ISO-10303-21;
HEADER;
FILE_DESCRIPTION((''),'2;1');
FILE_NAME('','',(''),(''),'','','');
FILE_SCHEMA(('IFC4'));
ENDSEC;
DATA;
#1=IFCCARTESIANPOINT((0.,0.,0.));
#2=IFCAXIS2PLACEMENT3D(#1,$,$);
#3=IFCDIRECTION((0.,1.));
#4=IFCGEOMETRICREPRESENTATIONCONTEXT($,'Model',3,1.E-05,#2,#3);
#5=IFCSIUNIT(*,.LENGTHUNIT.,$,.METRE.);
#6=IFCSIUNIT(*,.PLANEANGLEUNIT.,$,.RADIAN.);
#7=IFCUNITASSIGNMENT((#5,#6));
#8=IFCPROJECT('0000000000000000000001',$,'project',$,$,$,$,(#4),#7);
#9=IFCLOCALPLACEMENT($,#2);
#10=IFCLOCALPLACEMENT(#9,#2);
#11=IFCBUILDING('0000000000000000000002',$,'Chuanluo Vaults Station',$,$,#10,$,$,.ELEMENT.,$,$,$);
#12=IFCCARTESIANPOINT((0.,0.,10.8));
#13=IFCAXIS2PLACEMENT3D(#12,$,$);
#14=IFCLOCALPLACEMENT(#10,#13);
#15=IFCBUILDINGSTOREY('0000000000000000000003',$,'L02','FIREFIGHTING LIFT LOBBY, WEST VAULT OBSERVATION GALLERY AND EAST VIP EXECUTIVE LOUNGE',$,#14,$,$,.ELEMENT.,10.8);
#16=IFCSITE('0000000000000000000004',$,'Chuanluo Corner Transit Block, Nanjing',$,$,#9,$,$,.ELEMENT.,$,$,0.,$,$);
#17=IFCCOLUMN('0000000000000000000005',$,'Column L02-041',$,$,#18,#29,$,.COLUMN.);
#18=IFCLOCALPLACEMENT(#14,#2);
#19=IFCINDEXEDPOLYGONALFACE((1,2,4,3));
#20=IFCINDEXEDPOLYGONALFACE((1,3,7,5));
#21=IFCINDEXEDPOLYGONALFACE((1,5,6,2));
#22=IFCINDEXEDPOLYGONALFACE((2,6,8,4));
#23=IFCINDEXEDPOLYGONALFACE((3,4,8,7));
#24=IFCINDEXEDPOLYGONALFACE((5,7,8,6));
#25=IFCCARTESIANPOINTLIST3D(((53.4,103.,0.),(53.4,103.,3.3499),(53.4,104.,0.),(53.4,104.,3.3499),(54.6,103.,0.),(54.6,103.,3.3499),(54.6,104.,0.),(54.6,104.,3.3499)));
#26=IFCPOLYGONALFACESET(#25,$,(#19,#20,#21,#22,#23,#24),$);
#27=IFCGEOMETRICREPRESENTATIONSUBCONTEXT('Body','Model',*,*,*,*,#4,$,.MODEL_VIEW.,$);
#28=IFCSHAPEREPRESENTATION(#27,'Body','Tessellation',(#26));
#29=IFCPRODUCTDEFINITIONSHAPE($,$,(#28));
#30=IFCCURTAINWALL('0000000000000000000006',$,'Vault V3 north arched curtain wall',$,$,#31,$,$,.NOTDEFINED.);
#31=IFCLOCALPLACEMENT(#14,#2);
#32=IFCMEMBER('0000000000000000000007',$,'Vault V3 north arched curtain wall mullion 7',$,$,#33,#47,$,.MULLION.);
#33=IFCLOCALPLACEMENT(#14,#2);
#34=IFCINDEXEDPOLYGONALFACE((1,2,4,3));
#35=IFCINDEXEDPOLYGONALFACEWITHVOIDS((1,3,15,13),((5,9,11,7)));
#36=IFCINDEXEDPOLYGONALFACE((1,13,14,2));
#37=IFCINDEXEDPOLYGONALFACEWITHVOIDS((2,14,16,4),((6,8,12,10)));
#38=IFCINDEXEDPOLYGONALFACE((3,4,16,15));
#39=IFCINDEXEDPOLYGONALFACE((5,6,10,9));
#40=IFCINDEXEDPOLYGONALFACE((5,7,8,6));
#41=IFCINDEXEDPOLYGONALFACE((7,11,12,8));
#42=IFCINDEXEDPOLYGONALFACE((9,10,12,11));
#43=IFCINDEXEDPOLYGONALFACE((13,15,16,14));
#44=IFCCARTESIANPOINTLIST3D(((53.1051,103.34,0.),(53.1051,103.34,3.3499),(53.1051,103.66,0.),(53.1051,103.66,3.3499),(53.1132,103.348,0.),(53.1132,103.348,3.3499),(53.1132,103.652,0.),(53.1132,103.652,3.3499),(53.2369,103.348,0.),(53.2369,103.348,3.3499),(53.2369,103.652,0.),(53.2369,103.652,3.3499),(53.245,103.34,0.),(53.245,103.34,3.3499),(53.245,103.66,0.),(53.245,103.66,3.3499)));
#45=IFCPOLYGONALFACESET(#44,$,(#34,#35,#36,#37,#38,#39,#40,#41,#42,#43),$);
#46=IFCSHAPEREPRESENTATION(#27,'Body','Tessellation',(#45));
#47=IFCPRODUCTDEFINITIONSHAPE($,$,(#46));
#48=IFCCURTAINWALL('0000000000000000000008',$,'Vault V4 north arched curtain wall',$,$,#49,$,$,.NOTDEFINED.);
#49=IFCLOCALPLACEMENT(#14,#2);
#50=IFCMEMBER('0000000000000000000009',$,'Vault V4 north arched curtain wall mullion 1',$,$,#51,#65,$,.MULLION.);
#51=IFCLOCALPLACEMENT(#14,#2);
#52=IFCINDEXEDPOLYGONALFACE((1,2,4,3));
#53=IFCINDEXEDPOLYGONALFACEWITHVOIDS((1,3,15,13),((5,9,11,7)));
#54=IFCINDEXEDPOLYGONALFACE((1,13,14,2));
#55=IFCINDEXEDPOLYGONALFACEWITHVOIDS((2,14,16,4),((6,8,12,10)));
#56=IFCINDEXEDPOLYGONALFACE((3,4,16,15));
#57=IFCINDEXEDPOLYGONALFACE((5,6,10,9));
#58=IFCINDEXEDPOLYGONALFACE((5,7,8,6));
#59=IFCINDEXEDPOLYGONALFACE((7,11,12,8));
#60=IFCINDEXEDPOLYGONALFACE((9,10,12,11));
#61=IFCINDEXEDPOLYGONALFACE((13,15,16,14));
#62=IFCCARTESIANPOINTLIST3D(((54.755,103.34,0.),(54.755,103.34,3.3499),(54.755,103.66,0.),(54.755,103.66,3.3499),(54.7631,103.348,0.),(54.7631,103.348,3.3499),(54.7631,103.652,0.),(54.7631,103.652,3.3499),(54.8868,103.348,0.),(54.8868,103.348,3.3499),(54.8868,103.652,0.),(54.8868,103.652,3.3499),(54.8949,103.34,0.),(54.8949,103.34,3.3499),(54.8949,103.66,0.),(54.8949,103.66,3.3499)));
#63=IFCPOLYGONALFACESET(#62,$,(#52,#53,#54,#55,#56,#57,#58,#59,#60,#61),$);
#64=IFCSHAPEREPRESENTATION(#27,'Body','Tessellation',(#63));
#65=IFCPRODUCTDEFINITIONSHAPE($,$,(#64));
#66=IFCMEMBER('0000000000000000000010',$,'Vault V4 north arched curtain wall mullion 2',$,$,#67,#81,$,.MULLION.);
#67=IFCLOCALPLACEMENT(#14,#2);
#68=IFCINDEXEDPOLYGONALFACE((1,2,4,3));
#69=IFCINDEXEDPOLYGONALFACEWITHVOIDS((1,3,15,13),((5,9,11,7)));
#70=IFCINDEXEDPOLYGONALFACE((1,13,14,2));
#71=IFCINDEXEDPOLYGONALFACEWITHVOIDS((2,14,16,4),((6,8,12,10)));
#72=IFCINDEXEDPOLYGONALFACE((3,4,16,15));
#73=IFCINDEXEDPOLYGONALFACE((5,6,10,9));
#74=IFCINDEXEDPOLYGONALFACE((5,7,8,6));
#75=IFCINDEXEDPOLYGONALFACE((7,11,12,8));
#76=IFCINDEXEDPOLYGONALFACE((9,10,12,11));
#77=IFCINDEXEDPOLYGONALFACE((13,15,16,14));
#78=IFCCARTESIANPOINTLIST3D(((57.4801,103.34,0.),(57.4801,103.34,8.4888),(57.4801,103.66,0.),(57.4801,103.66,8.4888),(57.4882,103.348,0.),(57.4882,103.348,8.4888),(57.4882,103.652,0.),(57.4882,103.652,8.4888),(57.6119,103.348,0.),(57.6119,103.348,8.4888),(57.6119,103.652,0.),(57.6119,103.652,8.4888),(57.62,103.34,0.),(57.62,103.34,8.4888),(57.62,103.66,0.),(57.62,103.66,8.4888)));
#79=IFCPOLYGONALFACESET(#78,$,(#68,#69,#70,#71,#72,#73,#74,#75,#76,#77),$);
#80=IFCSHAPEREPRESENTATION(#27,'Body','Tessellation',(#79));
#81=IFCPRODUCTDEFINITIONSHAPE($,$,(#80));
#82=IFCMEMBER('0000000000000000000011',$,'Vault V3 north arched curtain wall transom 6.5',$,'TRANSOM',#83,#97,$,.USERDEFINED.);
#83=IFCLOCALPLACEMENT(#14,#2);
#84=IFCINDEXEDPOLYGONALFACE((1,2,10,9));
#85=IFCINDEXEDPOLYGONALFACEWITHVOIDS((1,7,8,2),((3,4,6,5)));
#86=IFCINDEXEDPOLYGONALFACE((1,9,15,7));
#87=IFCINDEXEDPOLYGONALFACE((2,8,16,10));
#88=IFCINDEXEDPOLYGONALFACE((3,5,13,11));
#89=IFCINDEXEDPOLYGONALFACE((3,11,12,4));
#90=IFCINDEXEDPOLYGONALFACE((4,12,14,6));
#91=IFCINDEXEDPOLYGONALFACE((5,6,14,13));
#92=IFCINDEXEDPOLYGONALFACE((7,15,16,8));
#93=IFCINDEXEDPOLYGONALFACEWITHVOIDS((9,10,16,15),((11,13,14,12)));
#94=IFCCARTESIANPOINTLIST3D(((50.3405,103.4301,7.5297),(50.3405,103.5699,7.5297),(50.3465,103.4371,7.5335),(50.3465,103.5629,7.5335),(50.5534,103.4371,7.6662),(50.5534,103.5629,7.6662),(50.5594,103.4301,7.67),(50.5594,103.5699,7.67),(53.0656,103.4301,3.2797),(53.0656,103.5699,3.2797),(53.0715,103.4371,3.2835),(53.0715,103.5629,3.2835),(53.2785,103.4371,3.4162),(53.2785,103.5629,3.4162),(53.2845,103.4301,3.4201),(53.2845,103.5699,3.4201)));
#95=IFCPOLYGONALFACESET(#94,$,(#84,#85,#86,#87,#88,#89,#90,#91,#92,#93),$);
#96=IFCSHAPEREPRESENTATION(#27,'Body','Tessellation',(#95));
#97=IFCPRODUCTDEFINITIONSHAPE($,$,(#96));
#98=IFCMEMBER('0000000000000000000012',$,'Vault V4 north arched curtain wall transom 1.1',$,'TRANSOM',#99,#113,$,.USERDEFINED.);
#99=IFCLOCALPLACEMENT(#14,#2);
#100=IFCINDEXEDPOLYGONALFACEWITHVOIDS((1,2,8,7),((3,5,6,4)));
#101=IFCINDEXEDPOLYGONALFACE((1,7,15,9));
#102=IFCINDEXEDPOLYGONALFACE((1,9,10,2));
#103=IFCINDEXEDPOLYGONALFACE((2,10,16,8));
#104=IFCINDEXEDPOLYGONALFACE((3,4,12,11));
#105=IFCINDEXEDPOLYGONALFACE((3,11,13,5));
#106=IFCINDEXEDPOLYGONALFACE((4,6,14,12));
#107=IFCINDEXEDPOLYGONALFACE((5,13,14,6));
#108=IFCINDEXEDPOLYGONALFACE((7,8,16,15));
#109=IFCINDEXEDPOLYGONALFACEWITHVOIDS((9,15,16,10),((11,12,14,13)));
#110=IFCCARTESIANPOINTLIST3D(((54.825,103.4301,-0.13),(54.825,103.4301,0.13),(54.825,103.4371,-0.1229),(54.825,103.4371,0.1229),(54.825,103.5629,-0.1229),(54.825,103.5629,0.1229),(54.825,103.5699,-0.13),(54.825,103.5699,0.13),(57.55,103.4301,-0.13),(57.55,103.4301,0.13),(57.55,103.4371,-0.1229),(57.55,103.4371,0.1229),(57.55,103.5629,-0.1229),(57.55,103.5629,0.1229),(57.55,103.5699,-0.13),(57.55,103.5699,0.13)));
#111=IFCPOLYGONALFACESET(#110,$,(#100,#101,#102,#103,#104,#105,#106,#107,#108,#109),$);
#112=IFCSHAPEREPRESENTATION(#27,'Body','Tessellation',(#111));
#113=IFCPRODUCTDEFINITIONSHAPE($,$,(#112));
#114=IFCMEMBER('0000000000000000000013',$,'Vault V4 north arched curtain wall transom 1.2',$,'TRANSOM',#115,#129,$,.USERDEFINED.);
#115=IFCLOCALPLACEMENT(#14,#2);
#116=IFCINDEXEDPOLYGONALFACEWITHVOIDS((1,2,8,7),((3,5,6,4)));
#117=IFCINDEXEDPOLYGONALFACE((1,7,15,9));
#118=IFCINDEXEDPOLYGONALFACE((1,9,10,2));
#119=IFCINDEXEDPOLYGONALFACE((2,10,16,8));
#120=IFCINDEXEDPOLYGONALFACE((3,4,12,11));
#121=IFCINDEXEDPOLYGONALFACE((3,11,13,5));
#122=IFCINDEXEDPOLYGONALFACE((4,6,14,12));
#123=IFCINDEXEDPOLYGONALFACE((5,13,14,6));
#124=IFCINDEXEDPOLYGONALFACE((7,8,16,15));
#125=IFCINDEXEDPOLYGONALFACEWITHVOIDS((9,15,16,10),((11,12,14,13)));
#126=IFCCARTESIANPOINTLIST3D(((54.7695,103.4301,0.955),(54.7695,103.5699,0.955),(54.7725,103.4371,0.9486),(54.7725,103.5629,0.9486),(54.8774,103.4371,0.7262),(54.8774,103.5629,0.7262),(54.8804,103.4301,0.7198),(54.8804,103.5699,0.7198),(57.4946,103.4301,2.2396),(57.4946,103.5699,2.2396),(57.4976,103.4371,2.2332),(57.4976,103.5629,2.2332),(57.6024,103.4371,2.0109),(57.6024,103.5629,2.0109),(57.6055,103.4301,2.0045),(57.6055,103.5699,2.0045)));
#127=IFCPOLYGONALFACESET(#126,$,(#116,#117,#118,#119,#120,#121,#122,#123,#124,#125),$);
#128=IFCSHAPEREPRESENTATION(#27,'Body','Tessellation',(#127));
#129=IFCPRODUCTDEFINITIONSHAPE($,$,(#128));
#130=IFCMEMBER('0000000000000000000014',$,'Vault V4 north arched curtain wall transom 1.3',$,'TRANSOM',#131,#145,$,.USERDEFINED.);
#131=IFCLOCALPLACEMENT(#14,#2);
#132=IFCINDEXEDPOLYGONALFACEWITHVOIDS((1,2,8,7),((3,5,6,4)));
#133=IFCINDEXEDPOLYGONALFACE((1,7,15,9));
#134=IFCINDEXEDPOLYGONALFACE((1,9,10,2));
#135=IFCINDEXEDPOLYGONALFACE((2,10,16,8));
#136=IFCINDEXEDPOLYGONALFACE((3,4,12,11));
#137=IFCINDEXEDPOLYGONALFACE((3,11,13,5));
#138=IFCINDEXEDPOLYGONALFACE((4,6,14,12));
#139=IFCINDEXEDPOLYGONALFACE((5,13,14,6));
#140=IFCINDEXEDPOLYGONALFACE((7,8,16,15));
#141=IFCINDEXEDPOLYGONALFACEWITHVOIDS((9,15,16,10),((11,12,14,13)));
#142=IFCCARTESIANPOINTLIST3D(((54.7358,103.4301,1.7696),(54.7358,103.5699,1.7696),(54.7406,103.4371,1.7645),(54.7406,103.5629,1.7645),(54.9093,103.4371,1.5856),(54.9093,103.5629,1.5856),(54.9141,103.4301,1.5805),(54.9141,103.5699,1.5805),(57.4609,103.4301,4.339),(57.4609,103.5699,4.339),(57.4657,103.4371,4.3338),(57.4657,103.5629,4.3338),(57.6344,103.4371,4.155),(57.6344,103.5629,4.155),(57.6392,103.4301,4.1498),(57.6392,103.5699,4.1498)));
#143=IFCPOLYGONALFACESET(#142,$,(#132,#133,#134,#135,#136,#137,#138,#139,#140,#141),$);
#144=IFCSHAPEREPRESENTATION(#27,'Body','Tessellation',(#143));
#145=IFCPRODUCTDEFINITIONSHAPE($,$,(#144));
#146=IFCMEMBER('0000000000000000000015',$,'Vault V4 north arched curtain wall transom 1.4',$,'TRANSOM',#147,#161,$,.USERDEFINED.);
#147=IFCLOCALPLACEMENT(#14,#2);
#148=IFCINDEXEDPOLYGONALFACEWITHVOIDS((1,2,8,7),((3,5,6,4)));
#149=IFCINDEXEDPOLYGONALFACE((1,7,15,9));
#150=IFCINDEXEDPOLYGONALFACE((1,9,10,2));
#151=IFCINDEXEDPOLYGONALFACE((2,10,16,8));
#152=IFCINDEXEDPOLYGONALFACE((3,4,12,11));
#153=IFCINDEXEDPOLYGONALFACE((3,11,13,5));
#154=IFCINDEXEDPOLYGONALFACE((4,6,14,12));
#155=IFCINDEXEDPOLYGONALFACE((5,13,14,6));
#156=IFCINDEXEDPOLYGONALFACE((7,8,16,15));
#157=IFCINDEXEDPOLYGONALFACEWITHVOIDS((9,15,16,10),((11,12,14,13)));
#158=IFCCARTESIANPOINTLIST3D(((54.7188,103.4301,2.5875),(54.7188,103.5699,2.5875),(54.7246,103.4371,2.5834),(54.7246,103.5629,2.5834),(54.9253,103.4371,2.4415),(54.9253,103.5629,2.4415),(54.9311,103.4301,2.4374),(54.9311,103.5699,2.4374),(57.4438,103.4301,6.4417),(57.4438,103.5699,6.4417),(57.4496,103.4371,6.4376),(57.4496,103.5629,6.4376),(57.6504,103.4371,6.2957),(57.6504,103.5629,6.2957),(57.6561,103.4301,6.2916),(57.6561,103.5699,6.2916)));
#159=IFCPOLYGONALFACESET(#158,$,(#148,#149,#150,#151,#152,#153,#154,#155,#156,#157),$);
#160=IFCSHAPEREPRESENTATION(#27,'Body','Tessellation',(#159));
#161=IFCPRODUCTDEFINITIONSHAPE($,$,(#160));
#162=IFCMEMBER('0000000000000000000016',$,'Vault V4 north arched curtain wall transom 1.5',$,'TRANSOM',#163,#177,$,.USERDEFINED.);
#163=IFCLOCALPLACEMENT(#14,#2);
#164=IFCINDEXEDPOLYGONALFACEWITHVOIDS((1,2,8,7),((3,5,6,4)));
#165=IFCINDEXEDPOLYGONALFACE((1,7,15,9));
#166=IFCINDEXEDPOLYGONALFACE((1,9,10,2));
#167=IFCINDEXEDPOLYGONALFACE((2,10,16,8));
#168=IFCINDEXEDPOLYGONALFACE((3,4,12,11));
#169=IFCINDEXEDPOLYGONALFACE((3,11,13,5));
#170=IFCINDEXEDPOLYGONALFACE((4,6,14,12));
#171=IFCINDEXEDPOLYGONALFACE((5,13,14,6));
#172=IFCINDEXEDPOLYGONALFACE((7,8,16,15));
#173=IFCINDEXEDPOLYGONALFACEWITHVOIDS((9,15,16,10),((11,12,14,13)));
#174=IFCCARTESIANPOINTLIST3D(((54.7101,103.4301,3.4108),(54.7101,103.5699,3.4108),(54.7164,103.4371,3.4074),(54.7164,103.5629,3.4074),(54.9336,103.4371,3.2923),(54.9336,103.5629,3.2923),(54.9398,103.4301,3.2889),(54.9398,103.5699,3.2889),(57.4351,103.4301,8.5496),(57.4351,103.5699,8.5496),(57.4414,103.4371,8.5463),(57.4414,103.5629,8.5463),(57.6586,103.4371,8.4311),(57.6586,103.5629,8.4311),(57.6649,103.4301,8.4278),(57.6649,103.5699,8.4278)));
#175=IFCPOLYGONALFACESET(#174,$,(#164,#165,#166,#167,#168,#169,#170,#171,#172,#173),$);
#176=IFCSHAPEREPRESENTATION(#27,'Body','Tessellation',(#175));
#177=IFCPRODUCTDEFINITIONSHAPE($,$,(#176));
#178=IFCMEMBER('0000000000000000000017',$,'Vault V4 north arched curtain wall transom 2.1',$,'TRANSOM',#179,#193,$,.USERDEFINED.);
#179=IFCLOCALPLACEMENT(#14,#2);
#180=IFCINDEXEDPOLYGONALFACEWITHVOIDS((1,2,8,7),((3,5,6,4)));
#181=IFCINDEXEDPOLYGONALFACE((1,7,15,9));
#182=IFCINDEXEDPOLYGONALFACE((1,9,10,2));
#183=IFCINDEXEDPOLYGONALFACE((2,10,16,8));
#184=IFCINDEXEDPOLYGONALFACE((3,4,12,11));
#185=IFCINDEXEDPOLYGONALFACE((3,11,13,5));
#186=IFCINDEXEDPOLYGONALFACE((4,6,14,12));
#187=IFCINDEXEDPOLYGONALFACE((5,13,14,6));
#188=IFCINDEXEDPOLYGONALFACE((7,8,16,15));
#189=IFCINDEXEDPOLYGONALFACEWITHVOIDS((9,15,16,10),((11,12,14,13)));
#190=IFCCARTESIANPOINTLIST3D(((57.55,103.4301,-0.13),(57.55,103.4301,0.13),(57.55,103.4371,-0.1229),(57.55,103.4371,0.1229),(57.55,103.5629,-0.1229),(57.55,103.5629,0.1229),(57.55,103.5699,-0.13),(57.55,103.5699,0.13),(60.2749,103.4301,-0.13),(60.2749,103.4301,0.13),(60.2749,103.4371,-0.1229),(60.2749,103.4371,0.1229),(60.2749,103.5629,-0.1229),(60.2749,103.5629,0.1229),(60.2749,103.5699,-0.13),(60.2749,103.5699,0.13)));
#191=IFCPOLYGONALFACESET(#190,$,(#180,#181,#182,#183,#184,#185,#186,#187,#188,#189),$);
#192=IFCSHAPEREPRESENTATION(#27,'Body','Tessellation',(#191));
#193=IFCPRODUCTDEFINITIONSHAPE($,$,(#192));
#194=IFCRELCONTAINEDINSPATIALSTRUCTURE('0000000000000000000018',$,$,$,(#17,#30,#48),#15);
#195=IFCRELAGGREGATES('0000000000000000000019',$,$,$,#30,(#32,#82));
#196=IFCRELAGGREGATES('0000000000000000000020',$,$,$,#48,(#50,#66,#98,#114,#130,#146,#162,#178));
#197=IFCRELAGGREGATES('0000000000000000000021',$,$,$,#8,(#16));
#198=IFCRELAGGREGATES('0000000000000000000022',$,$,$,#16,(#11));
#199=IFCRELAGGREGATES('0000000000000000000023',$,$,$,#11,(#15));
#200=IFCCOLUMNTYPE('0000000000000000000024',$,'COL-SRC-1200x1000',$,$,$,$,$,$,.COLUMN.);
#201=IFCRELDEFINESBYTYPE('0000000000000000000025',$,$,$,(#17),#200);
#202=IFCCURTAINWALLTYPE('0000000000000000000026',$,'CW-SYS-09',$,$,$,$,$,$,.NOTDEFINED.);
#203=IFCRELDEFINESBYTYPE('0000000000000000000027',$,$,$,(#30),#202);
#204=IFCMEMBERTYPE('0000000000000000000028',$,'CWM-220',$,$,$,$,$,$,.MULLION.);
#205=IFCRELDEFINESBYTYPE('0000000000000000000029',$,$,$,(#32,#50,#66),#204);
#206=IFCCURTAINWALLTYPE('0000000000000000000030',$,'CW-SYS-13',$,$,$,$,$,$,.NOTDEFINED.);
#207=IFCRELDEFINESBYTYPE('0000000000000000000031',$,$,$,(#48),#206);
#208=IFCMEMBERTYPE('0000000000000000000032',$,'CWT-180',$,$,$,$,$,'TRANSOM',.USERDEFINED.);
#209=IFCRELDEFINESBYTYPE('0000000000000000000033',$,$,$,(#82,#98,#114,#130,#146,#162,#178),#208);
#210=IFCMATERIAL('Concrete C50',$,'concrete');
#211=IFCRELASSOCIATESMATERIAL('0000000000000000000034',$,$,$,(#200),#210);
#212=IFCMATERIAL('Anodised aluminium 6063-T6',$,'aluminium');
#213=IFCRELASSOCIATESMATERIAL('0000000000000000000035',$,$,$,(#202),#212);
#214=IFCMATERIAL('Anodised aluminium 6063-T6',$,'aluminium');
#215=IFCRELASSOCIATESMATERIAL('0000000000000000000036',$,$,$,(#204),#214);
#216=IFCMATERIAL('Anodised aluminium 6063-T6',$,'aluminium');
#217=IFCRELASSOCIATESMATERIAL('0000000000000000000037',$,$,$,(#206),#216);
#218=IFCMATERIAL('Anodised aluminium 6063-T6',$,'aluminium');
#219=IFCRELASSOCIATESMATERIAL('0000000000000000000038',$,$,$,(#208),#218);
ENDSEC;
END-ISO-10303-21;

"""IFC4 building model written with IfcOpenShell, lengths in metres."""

from ifc_helpers import new_model, si_unit, direction, frame, origin, origin_2d, place, context, subcontext, project, spatial, rectangle, hollow_rectangle, extrude, material, material_profile, profile_set, type_object, element, aggregate, save


model = new_model("IFC4")

# Units and contexts
model_context = context("Model", 3, precision=1e-05, world=origin(), true_north=direction((0.0, 1.0)))
body_context = subcontext(model_context, "Body", "Model", "MODEL_VIEW")
ifc_project = project(units=[si_unit("LENGTHUNIT", "METRE"), si_unit("PLANEANGLEUNIT", "RADIAN")], contexts=[model_context])

# Site, building, storey
site_placement = place(None, origin())
site = spatial("IfcSite", under=ifc_project, at=site_placement, Name="Chuanluo Corner Transit Block, Nanjing", CompositionType="ELEMENT", RefElevation=0.0)
building_placement = place(site_placement, origin())
building = spatial("IfcBuilding", under=site, at=building_placement, Name="Chuanluo Vaults Station", CompositionType="ELEMENT")
storey_placement = place(building_placement, frame((0.0, 0.0, 10.8)))
storey = spatial("IfcBuildingStorey", under=building, at=storey_placement, Name="L02", Description="FIREFIGHTING LIFT LOBBY, WEST VAULT OBSERVATION GALLERY AND EAST VIP EXECUTIVE LOUNGE", CompositionType="ELEMENT", Elevation=10.8)

# Column
ifc_material_1 = material(Name="Concrete C50", Category="concrete")
ifc_material_profile_1 = material_profile(ifc_material_1, rectangle(XDim=1.2, YDim=1.0, at=origin_2d()))
ifc_profile_set_1 = profile_set([ifc_material_profile_1], Name="Concrete C50")
column_type = type_object("IfcColumnType", Name="COL-SRC-1200x1000", PredefinedType="COLUMN", material=ifc_profile_set_1)
column_placement = place(storey_placement, frame((54.0, 103.5, 0.0), z_axis=(0.0, 0.0, 1.0), x_axis=(1.0, 0.0, 0.0)))
element("IfcColumn", 1, at=column_placement, inside=storey, type_object=column_type, Name="Column L02-041", PredefinedType="COLUMN", context=body_context, shape_type="SweptSolid", body=[
    extrude(rectangle(XDim=1.2, YDim=1.0, at=origin_2d()), origin(), (0.0, 0.0, 1.0), 3.3499),
])

# Curtain wall, member
ifc_material_2 = material(Name="Anodised aluminium 6063-T6", Category="aluminium")
curtain_wall_type_1 = type_object("IfcCurtainWallType", Name="CW-SYS-09", PredefinedType="NOTDEFINED", material=ifc_material_2)
curtain_wall_1_placement = place(storey_placement, origin())
curtain_wall_1 = element("IfcCurtainWall", 2, at=curtain_wall_1_placement, inside=storey, type_object=curtain_wall_type_1, Name="Vault V3 north arched curtain wall", PredefinedType="NOTDEFINED")
ifc_material_3 = material(Name="Anodised aluminium 6063-T6", Category="aluminium")
ifc_material_profile_2 = material_profile(ifc_material_3, hollow_rectangle(XDim=0.1399, YDim=0.3201, WallThickness=0.0081, at=origin_2d()))
ifc_profile_set_2 = profile_set([ifc_material_profile_2], Name="Anodised aluminium 6063-T6")
member_type_1 = type_object("IfcMemberType", Name="CWM-220", PredefinedType="MULLION", material=ifc_profile_set_2)
member_1_placement = place(storey_placement, frame((53.175, 103.5, 0.0), z_axis=(0.0, 0.0, 1.0), x_axis=(1.0, 0.0, 0.0)))
member_1 = element("IfcMember", 3, at=member_1_placement, type_object=member_type_1, Name="Vault V3 north arched curtain wall mullion 7", PredefinedType="MULLION", context=body_context, shape_type="SweptSolid", body=[
    extrude(hollow_rectangle(XDim=0.1399, YDim=0.3201, WallThickness=0.0081, at=origin_2d()), origin(), (0.0, 0.0, 1.0), 3.3499),
])

# Curtain wall, members
ifc_material_4 = material(Name="Anodised aluminium 6063-T6", Category="aluminium")
curtain_wall_type_2 = type_object("IfcCurtainWallType", Name="CW-SYS-13", PredefinedType="NOTDEFINED", material=ifc_material_4)
curtain_wall_2_placement = place(storey_placement, origin())
curtain_wall_2 = element("IfcCurtainWall", 4, at=curtain_wall_2_placement, inside=storey, type_object=curtain_wall_type_2, Name="Vault V4 north arched curtain wall", PredefinedType="NOTDEFINED")
member_2_placement = place(storey_placement, frame((54.825, 103.5, 0.0), z_axis=(0.0, 0.0, 1.0), x_axis=(1.0, 0.0, 0.0)))
member_2 = element("IfcMember", 5, at=member_2_placement, type_object=member_type_1, Name="Vault V4 north arched curtain wall mullion 1", PredefinedType="MULLION", context=body_context, shape_type="SweptSolid", body=[
    extrude(hollow_rectangle(XDim=0.1399, YDim=0.3201, WallThickness=0.0081, at=origin_2d()), origin(), (0.0, 0.0, 1.0), 3.3499),
])
member_3_placement = place(storey_placement, frame((57.55, 103.5, 0.0), z_axis=(0.0, 0.0, 1.0), x_axis=(1.0, 0.0, 0.0)))
member_3 = element("IfcMember", 6, at=member_3_placement, type_object=member_type_1, Name="Vault V4 north arched curtain wall mullion 2", PredefinedType="MULLION", context=body_context, shape_type="SweptSolid", body=[
    extrude(hollow_rectangle(XDim=0.1399, YDim=0.3201, WallThickness=0.0081, at=origin_2d()), origin(), (0.0, 0.0, 1.0), 8.4888),
])

# Members
ifc_material_5 = material(Name="Anodised aluminium 6063-T6", Category="aluminium")
ifc_material_profile_3 = material_profile(ifc_material_5, hollow_rectangle(XDim=0.1399, YDim=0.26, WallThickness=0.0071, at=origin_2d()))
ifc_profile_set_3 = profile_set([ifc_material_profile_3], Name="Anodised aluminium 6063-T6")
member_type_2 = type_object("IfcMemberType", Name="CWT-180", ElementType="TRANSOM", PredefinedType="USERDEFINED", material=ifc_profile_set_3)
member_4_placement = place(storey_placement, frame((50.45, 103.5, 7.5999), z_axis=(0.53977, 0.0, -0.841813), x_axis=(0.0, 1.0, 0.0)))
member_4 = element("IfcMember", 7, at=member_4_placement, type_object=member_type_2, Name="Vault V3 north arched curtain wall transom 6.5", ObjectType="TRANSOM", PredefinedType="USERDEFINED", context=body_context, shape_type="SweptSolid", body=[
    extrude(hollow_rectangle(XDim=0.1399, YDim=0.26, WallThickness=0.0071, at=origin_2d()), origin(), (0.0, 0.0, 1.0), 5.0486),
])
member_5_placement = place(storey_placement, frame((54.825, 103.5, 0.0), z_axis=(1.0, 0.0, 0.0), x_axis=(0.0, 1.0, 0.0)))
member_5 = element("IfcMember", 8, at=member_5_placement, type_object=member_type_2, Name="Vault V4 north arched curtain wall transom 1.1", ObjectType="TRANSOM", PredefinedType="USERDEFINED", context=body_context, shape_type="SweptSolid", body=[
    extrude(hollow_rectangle(XDim=0.1399, YDim=0.26, WallThickness=0.0071, at=origin_2d()), origin(), (0.0, 0.0, 1.0), 2.7251),
])
member_6_placement = place(storey_placement, frame((54.825, 103.5, 0.8374), z_axis=(0.904528, 0.0, 0.426414), x_axis=(0.0, 1.0, 0.0)))
member_6 = element("IfcMember", 9, at=member_6_placement, type_object=member_type_2, Name="Vault V4 north arched curtain wall transom 1.2", ObjectType="TRANSOM", PredefinedType="USERDEFINED", context=body_context, shape_type="SweptSolid", body=[
    extrude(hollow_rectangle(XDim=0.1399, YDim=0.26, WallThickness=0.0071, at=origin_2d()), origin(), (0.0, 0.0, 1.0), 3.0127),
])
member_7_placement = place(storey_placement, frame((54.825, 103.5, 1.675), z_axis=(0.727595, 0.0, 0.686007), x_axis=(0.0, 1.0, 0.0)))
member_7 = element("IfcMember", 10, at=member_7_placement, type_object=member_type_2, Name="Vault V4 north arched curtain wall transom 1.3", ObjectType="TRANSOM", PredefinedType="USERDEFINED", context=body_context, shape_type="SweptSolid", body=[
    extrude(hollow_rectangle(XDim=0.1399, YDim=0.26, WallThickness=0.0071, at=origin_2d()), origin(), (0.0, 0.0, 1.0), 3.7454),
])
member_8_placement = place(storey_placement, frame((54.825, 103.5, 2.5125), z_axis=(0.577313, 0.0, 0.816523), x_axis=(0.0, 1.0, 0.0)))
member_8 = element("IfcMember", 11, at=member_8_placement, type_object=member_type_2, Name="Vault V4 north arched curtain wall transom 1.4", ObjectType="TRANSOM", PredefinedType="USERDEFINED", context=body_context, shape_type="SweptSolid", body=[
    extrude(hollow_rectangle(XDim=0.1399, YDim=0.26, WallThickness=0.0071, at=origin_2d()), origin(), (0.0, 0.0, 1.0), 4.7202),
])
member_9_placement = place(storey_placement, frame((54.825, 103.5, 3.3499), z_axis=(0.468491, 0.0, 0.883468), x_axis=(0.0, 1.0, 0.0)))
member_9 = element("IfcMember", 12, at=member_9_placement, type_object=member_type_2, Name="Vault V4 north arched curtain wall transom 1.5", ObjectType="TRANSOM", PredefinedType="USERDEFINED", context=body_context, shape_type="SweptSolid", body=[
    extrude(hollow_rectangle(XDim=0.1399, YDim=0.26, WallThickness=0.0071, at=origin_2d()), origin(), (0.0, 0.0, 1.0), 5.8167),
])
member_10_placement = place(storey_placement, frame((57.55, 103.5, 0.0), z_axis=(1.0, 0.0, 0.0), x_axis=(0.0, 1.0, 0.0)))
member_10 = element("IfcMember", 13, at=member_10_placement, type_object=member_type_2, Name="Vault V4 north arched curtain wall transom 2.1", ObjectType="TRANSOM", PredefinedType="USERDEFINED", context=body_context, shape_type="SweptSolid", body=[
    extrude(hollow_rectangle(XDim=0.1399, YDim=0.26, WallThickness=0.0071, at=origin_2d()), origin(), (0.0, 0.0, 1.0), 2.7249),
])

aggregate(curtain_wall_1, [member_1, member_4])
aggregate(curtain_wall_2, [member_2, member_3, member_5, member_6, member_7, member_8, member_9, member_10])

save(model, "model.ifc")
